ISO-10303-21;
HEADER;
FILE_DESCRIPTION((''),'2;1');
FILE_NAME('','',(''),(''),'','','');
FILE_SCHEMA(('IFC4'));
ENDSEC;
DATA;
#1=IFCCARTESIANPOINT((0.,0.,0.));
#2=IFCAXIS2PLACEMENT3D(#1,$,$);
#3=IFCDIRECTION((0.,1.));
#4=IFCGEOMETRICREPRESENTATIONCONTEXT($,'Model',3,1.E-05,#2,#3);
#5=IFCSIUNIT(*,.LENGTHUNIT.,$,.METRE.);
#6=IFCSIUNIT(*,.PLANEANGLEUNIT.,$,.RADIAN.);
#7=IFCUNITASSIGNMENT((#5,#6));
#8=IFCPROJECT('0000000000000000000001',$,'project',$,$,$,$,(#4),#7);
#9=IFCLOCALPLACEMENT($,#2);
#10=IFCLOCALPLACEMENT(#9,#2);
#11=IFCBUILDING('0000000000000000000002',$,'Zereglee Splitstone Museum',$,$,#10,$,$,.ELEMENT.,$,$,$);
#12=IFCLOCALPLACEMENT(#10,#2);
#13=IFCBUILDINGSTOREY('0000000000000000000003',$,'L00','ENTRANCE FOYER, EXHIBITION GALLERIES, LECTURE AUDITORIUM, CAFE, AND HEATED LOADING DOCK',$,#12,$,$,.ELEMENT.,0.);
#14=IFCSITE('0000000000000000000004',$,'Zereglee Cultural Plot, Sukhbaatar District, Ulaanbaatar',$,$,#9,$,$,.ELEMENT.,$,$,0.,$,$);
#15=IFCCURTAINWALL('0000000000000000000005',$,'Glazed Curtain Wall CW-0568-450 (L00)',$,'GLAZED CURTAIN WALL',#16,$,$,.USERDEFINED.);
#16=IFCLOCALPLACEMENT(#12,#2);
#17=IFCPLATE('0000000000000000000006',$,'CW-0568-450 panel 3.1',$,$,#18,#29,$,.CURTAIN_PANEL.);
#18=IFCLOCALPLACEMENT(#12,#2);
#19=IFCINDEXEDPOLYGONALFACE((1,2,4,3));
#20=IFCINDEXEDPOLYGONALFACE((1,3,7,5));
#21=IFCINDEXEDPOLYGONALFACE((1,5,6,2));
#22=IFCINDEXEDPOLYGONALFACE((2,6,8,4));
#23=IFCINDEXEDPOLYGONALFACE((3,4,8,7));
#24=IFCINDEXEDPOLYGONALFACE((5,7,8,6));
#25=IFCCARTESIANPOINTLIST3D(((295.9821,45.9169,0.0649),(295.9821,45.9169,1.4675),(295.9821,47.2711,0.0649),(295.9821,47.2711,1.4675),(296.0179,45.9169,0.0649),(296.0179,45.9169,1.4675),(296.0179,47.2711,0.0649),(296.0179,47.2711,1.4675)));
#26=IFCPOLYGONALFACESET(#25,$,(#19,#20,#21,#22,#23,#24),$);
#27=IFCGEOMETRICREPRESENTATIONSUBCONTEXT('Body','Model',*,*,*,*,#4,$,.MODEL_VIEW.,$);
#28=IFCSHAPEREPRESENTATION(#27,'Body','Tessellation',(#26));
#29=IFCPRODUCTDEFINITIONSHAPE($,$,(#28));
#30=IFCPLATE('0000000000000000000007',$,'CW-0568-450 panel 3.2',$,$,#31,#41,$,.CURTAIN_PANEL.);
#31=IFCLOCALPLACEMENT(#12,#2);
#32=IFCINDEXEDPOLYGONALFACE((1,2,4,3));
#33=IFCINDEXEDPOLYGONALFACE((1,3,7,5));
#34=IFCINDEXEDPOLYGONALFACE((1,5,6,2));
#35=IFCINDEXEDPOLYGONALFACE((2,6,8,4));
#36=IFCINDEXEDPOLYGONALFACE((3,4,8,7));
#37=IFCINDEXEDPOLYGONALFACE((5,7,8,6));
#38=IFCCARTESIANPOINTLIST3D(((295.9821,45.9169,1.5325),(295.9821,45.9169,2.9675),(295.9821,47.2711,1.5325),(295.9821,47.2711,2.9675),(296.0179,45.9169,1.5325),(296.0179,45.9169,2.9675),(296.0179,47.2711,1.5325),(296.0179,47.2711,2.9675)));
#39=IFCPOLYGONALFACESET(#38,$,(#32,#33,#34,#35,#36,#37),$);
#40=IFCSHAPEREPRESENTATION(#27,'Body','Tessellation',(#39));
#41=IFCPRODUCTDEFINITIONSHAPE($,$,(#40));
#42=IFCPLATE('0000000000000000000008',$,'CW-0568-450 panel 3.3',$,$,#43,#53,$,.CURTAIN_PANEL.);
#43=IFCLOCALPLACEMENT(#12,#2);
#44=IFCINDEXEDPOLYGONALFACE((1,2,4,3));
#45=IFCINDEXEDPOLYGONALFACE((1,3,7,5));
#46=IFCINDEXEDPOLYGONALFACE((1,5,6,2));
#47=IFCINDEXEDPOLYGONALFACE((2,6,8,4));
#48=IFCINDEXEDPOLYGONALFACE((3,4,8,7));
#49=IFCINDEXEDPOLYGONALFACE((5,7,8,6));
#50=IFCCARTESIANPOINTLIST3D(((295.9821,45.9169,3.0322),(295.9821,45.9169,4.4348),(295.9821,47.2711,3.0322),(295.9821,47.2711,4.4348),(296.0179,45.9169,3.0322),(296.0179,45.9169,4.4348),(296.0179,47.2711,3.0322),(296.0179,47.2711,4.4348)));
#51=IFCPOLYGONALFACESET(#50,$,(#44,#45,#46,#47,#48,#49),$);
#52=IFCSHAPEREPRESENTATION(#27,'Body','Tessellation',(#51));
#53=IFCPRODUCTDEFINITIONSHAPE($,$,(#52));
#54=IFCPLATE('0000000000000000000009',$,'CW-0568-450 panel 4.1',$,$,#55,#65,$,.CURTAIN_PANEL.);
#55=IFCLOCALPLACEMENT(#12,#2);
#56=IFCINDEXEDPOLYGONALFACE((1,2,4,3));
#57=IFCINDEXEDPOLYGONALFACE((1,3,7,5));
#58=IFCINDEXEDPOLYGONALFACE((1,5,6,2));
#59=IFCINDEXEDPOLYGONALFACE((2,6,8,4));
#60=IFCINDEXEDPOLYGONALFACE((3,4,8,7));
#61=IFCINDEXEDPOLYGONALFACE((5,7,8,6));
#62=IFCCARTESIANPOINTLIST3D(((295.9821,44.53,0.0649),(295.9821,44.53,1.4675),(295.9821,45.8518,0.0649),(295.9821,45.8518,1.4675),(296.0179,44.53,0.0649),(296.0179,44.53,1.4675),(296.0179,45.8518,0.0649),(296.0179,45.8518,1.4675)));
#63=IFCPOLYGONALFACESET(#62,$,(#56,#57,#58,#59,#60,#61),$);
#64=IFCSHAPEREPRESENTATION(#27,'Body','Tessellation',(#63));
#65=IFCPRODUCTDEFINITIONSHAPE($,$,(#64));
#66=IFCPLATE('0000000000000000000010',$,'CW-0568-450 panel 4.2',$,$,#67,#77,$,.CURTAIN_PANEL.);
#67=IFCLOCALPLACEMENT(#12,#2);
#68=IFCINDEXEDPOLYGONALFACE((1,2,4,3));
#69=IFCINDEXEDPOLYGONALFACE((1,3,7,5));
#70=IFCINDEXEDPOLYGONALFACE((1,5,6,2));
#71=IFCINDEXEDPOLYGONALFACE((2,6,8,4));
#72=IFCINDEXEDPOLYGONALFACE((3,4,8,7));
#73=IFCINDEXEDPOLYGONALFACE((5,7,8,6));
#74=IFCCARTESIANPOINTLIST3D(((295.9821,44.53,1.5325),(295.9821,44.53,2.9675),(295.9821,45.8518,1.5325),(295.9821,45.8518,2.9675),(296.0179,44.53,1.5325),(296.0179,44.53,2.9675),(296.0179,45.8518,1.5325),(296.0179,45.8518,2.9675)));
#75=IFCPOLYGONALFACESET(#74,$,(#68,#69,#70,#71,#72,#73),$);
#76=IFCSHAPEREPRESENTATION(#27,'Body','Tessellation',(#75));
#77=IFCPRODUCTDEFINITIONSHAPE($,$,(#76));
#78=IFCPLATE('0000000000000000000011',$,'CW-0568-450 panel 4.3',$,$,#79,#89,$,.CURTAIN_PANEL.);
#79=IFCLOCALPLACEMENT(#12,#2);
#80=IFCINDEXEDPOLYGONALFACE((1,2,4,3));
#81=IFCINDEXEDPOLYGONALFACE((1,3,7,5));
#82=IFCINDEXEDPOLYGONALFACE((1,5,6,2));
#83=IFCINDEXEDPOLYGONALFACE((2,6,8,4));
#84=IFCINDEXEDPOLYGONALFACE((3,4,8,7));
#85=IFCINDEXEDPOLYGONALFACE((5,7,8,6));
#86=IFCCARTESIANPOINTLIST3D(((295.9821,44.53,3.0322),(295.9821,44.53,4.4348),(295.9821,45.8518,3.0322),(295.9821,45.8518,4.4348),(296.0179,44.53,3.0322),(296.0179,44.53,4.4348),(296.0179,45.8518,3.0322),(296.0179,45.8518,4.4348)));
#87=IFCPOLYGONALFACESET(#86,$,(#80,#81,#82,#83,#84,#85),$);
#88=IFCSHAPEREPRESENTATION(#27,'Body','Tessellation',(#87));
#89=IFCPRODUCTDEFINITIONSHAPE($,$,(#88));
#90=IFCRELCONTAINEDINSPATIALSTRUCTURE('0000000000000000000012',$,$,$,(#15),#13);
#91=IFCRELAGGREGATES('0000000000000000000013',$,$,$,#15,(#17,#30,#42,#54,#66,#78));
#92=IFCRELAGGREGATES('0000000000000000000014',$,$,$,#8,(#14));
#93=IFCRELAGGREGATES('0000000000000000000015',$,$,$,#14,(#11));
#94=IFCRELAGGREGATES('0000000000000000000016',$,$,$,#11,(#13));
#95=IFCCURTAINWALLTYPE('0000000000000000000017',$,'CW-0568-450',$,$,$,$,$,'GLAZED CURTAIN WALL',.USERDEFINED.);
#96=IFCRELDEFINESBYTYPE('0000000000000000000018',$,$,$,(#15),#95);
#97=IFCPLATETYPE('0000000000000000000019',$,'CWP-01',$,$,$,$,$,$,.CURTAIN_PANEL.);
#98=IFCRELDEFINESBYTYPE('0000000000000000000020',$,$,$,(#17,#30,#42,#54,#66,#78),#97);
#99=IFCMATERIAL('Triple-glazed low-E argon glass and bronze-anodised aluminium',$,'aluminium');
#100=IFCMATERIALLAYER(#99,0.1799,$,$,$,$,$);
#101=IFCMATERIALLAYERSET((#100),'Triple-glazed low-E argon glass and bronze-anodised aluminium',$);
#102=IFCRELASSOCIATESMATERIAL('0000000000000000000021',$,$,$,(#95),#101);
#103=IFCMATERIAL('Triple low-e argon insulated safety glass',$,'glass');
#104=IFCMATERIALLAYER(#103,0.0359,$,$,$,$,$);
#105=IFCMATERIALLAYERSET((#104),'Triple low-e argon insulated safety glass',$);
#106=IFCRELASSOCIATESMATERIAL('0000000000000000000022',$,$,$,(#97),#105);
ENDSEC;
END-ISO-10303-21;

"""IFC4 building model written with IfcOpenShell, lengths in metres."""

from ifc_helpers import new_model, si_unit, direction, frame, origin, origin_2d, place, context, subcontext, project, spatial, rectangle, extrude, material, layer, layer_set, type_object, element, aggregate, save


model = new_model("IFC4")

# Units and contexts
model_context = context("Model", 3, precision=1e-05, world=origin(), true_north=direction((0.0, 1.0)))
body_context = subcontext(model_context, "Body", "Model", "MODEL_VIEW")
ifc_project = project(units=[si_unit("LENGTHUNIT", "METRE"), si_unit("PLANEANGLEUNIT", "RADIAN")], contexts=[model_context])

# Site, building, storey
site_placement = place(None, origin())
site = spatial("IfcSite", under=ifc_project, at=site_placement, Name="Zereglee Cultural Plot, Sukhbaatar District, Ulaanbaatar", CompositionType="ELEMENT", RefElevation=0.0)
building_placement = place(site_placement, origin())
building = spatial("IfcBuilding", under=site, at=building_placement, Name="Zereglee Splitstone Museum", CompositionType="ELEMENT")
storey_placement = place(building_placement, origin())
storey = spatial("IfcBuildingStorey", under=building, at=storey_placement, Name="L00", Description="ENTRANCE FOYER, EXHIBITION GALLERIES, LECTURE AUDITORIUM, CAFE, AND HEATED LOADING DOCK", CompositionType="ELEMENT", Elevation=0.0)

# Curtain wall
ifc_material_1 = material(Name="Triple-glazed low-E argon glass and bronze-anodised aluminium", Category="aluminium")
ifc_layer_1 = layer(ifc_material_1, 0.1799)
ifc_layer_set_1 = layer_set([ifc_layer_1], Name="Triple-glazed low-E argon glass and bronze-anodised aluminium")
curtain_wall_type_1 = type_object("IfcCurtainWallType", Name="CW-0568-450", ElementType="GLAZED CURTAIN WALL", PredefinedType="USERDEFINED", material=ifc_layer_set_1)
curtain_wall_1_placement = place(storey_placement, origin())
curtain_wall_1 = element("IfcCurtainWall", 1, at=curtain_wall_1_placement, inside=storey, type_object=curtain_wall_type_1, Name="Glazed Curtain Wall CW-0568-450 (L00)", ObjectType="GLAZED CURTAIN WALL", PredefinedType="USERDEFINED")

# Plates
ifc_material_2 = material(Name="Triple low-e argon insulated safety glass", Category="glass")
ifc_layer_2 = layer(ifc_material_2, 0.0359)
ifc_layer_set_2 = layer_set([ifc_layer_2], Name="Triple low-e argon insulated safety glass")
plate_type = type_object("IfcPlateType", Name="CWP-01", PredefinedType="CURTAIN_PANEL", material=ifc_layer_set_2)
plate_1_placement = place(storey_placement, frame((296.0, 46.594, 0.0649), z_axis=(0.0, 0.0, 1.0), x_axis=(0.0, -1.0, 0.0)))
plate_1 = element("IfcPlate", 2, at=plate_1_placement, type_object=plate_type, Name="CW-0568-450 panel 3.1", PredefinedType="CURTAIN_PANEL", context=body_context, shape_type="SweptSolid", body=[
    extrude(rectangle(XDim=1.3542, YDim=0.0359, at=origin_2d()), origin(), (0.0, 0.0, 1.0), 1.4026),
])
plate_2_placement = place(storey_placement, frame((296.0, 46.594, 1.5325), z_axis=(0.0, 0.0, 1.0), x_axis=(0.0, -1.0, 0.0)))
plate_2 = element("IfcPlate", 3, at=plate_2_placement, type_object=plate_type, Name="CW-0568-450 panel 3.2", PredefinedType="CURTAIN_PANEL", context=body_context, shape_type="SweptSolid", body=[
    extrude(rectangle(XDim=1.3542, YDim=0.0359, at=origin_2d()), origin(), (0.0, 0.0, 1.0), 1.4351),
])
plate_3_placement = place(storey_placement, frame((296.0, 46.594, 3.0322), z_axis=(0.0, 0.0, 1.0), x_axis=(0.0, -1.0, 0.0)))
plate_3 = element("IfcPlate", 4, at=plate_3_placement, type_object=plate_type, Name="CW-0568-450 panel 3.3", PredefinedType="CURTAIN_PANEL", context=body_context, shape_type="SweptSolid", body=[
    extrude(rectangle(XDim=1.3542, YDim=0.0359, at=origin_2d()), origin(), (0.0, 0.0, 1.0), 1.4026),
])
plate_4_placement = place(storey_placement, frame((296.0, 45.1909, 0.0649), z_axis=(0.0, 0.0, 1.0), x_axis=(0.0, -1.0, 0.0)))
plate_4 = element("IfcPlate", 5, at=plate_4_placement, type_object=plate_type, Name="CW-0568-450 panel 4.1", PredefinedType="CURTAIN_PANEL", context=body_context, shape_type="SweptSolid", body=[
    extrude(rectangle(XDim=1.3218, YDim=0.0359, at=origin_2d()), origin(), (0.0, 0.0, 1.0), 1.4026),
])
plate_5_placement = place(storey_placement, frame((296.0, 45.1909, 1.5325), z_axis=(0.0, 0.0, 1.0), x_axis=(0.0, -1.0, 0.0)))
plate_5 = element("IfcPlate", 6, at=plate_5_placement, type_object=plate_type, Name="CW-0568-450 panel 4.2", PredefinedType="CURTAIN_PANEL", context=body_context, shape_type="SweptSolid", body=[
    extrude(rectangle(XDim=1.3218, YDim=0.0359, at=origin_2d()), origin(), (0.0, 0.0, 1.0), 1.4351),
])
plate_6_placement = place(storey_placement, frame((296.0, 45.1909, 3.0322), z_axis=(0.0, 0.0, 1.0), x_axis=(0.0, -1.0, 0.0)))
plate_6 = element("IfcPlate", 7, at=plate_6_placement, type_object=plate_type, Name="CW-0568-450 panel 4.3", PredefinedType="CURTAIN_PANEL", context=body_context, shape_type="SweptSolid", body=[
    extrude(rectangle(XDim=1.3218, YDim=0.0359, at=origin_2d()), origin(), (0.0, 0.0, 1.0), 1.4026),
])
aggregate(curtain_wall_1, [plate_1, plate_2, plate_3, plate_4, plate_5, plate_6])

save(model, "model.ifc")
